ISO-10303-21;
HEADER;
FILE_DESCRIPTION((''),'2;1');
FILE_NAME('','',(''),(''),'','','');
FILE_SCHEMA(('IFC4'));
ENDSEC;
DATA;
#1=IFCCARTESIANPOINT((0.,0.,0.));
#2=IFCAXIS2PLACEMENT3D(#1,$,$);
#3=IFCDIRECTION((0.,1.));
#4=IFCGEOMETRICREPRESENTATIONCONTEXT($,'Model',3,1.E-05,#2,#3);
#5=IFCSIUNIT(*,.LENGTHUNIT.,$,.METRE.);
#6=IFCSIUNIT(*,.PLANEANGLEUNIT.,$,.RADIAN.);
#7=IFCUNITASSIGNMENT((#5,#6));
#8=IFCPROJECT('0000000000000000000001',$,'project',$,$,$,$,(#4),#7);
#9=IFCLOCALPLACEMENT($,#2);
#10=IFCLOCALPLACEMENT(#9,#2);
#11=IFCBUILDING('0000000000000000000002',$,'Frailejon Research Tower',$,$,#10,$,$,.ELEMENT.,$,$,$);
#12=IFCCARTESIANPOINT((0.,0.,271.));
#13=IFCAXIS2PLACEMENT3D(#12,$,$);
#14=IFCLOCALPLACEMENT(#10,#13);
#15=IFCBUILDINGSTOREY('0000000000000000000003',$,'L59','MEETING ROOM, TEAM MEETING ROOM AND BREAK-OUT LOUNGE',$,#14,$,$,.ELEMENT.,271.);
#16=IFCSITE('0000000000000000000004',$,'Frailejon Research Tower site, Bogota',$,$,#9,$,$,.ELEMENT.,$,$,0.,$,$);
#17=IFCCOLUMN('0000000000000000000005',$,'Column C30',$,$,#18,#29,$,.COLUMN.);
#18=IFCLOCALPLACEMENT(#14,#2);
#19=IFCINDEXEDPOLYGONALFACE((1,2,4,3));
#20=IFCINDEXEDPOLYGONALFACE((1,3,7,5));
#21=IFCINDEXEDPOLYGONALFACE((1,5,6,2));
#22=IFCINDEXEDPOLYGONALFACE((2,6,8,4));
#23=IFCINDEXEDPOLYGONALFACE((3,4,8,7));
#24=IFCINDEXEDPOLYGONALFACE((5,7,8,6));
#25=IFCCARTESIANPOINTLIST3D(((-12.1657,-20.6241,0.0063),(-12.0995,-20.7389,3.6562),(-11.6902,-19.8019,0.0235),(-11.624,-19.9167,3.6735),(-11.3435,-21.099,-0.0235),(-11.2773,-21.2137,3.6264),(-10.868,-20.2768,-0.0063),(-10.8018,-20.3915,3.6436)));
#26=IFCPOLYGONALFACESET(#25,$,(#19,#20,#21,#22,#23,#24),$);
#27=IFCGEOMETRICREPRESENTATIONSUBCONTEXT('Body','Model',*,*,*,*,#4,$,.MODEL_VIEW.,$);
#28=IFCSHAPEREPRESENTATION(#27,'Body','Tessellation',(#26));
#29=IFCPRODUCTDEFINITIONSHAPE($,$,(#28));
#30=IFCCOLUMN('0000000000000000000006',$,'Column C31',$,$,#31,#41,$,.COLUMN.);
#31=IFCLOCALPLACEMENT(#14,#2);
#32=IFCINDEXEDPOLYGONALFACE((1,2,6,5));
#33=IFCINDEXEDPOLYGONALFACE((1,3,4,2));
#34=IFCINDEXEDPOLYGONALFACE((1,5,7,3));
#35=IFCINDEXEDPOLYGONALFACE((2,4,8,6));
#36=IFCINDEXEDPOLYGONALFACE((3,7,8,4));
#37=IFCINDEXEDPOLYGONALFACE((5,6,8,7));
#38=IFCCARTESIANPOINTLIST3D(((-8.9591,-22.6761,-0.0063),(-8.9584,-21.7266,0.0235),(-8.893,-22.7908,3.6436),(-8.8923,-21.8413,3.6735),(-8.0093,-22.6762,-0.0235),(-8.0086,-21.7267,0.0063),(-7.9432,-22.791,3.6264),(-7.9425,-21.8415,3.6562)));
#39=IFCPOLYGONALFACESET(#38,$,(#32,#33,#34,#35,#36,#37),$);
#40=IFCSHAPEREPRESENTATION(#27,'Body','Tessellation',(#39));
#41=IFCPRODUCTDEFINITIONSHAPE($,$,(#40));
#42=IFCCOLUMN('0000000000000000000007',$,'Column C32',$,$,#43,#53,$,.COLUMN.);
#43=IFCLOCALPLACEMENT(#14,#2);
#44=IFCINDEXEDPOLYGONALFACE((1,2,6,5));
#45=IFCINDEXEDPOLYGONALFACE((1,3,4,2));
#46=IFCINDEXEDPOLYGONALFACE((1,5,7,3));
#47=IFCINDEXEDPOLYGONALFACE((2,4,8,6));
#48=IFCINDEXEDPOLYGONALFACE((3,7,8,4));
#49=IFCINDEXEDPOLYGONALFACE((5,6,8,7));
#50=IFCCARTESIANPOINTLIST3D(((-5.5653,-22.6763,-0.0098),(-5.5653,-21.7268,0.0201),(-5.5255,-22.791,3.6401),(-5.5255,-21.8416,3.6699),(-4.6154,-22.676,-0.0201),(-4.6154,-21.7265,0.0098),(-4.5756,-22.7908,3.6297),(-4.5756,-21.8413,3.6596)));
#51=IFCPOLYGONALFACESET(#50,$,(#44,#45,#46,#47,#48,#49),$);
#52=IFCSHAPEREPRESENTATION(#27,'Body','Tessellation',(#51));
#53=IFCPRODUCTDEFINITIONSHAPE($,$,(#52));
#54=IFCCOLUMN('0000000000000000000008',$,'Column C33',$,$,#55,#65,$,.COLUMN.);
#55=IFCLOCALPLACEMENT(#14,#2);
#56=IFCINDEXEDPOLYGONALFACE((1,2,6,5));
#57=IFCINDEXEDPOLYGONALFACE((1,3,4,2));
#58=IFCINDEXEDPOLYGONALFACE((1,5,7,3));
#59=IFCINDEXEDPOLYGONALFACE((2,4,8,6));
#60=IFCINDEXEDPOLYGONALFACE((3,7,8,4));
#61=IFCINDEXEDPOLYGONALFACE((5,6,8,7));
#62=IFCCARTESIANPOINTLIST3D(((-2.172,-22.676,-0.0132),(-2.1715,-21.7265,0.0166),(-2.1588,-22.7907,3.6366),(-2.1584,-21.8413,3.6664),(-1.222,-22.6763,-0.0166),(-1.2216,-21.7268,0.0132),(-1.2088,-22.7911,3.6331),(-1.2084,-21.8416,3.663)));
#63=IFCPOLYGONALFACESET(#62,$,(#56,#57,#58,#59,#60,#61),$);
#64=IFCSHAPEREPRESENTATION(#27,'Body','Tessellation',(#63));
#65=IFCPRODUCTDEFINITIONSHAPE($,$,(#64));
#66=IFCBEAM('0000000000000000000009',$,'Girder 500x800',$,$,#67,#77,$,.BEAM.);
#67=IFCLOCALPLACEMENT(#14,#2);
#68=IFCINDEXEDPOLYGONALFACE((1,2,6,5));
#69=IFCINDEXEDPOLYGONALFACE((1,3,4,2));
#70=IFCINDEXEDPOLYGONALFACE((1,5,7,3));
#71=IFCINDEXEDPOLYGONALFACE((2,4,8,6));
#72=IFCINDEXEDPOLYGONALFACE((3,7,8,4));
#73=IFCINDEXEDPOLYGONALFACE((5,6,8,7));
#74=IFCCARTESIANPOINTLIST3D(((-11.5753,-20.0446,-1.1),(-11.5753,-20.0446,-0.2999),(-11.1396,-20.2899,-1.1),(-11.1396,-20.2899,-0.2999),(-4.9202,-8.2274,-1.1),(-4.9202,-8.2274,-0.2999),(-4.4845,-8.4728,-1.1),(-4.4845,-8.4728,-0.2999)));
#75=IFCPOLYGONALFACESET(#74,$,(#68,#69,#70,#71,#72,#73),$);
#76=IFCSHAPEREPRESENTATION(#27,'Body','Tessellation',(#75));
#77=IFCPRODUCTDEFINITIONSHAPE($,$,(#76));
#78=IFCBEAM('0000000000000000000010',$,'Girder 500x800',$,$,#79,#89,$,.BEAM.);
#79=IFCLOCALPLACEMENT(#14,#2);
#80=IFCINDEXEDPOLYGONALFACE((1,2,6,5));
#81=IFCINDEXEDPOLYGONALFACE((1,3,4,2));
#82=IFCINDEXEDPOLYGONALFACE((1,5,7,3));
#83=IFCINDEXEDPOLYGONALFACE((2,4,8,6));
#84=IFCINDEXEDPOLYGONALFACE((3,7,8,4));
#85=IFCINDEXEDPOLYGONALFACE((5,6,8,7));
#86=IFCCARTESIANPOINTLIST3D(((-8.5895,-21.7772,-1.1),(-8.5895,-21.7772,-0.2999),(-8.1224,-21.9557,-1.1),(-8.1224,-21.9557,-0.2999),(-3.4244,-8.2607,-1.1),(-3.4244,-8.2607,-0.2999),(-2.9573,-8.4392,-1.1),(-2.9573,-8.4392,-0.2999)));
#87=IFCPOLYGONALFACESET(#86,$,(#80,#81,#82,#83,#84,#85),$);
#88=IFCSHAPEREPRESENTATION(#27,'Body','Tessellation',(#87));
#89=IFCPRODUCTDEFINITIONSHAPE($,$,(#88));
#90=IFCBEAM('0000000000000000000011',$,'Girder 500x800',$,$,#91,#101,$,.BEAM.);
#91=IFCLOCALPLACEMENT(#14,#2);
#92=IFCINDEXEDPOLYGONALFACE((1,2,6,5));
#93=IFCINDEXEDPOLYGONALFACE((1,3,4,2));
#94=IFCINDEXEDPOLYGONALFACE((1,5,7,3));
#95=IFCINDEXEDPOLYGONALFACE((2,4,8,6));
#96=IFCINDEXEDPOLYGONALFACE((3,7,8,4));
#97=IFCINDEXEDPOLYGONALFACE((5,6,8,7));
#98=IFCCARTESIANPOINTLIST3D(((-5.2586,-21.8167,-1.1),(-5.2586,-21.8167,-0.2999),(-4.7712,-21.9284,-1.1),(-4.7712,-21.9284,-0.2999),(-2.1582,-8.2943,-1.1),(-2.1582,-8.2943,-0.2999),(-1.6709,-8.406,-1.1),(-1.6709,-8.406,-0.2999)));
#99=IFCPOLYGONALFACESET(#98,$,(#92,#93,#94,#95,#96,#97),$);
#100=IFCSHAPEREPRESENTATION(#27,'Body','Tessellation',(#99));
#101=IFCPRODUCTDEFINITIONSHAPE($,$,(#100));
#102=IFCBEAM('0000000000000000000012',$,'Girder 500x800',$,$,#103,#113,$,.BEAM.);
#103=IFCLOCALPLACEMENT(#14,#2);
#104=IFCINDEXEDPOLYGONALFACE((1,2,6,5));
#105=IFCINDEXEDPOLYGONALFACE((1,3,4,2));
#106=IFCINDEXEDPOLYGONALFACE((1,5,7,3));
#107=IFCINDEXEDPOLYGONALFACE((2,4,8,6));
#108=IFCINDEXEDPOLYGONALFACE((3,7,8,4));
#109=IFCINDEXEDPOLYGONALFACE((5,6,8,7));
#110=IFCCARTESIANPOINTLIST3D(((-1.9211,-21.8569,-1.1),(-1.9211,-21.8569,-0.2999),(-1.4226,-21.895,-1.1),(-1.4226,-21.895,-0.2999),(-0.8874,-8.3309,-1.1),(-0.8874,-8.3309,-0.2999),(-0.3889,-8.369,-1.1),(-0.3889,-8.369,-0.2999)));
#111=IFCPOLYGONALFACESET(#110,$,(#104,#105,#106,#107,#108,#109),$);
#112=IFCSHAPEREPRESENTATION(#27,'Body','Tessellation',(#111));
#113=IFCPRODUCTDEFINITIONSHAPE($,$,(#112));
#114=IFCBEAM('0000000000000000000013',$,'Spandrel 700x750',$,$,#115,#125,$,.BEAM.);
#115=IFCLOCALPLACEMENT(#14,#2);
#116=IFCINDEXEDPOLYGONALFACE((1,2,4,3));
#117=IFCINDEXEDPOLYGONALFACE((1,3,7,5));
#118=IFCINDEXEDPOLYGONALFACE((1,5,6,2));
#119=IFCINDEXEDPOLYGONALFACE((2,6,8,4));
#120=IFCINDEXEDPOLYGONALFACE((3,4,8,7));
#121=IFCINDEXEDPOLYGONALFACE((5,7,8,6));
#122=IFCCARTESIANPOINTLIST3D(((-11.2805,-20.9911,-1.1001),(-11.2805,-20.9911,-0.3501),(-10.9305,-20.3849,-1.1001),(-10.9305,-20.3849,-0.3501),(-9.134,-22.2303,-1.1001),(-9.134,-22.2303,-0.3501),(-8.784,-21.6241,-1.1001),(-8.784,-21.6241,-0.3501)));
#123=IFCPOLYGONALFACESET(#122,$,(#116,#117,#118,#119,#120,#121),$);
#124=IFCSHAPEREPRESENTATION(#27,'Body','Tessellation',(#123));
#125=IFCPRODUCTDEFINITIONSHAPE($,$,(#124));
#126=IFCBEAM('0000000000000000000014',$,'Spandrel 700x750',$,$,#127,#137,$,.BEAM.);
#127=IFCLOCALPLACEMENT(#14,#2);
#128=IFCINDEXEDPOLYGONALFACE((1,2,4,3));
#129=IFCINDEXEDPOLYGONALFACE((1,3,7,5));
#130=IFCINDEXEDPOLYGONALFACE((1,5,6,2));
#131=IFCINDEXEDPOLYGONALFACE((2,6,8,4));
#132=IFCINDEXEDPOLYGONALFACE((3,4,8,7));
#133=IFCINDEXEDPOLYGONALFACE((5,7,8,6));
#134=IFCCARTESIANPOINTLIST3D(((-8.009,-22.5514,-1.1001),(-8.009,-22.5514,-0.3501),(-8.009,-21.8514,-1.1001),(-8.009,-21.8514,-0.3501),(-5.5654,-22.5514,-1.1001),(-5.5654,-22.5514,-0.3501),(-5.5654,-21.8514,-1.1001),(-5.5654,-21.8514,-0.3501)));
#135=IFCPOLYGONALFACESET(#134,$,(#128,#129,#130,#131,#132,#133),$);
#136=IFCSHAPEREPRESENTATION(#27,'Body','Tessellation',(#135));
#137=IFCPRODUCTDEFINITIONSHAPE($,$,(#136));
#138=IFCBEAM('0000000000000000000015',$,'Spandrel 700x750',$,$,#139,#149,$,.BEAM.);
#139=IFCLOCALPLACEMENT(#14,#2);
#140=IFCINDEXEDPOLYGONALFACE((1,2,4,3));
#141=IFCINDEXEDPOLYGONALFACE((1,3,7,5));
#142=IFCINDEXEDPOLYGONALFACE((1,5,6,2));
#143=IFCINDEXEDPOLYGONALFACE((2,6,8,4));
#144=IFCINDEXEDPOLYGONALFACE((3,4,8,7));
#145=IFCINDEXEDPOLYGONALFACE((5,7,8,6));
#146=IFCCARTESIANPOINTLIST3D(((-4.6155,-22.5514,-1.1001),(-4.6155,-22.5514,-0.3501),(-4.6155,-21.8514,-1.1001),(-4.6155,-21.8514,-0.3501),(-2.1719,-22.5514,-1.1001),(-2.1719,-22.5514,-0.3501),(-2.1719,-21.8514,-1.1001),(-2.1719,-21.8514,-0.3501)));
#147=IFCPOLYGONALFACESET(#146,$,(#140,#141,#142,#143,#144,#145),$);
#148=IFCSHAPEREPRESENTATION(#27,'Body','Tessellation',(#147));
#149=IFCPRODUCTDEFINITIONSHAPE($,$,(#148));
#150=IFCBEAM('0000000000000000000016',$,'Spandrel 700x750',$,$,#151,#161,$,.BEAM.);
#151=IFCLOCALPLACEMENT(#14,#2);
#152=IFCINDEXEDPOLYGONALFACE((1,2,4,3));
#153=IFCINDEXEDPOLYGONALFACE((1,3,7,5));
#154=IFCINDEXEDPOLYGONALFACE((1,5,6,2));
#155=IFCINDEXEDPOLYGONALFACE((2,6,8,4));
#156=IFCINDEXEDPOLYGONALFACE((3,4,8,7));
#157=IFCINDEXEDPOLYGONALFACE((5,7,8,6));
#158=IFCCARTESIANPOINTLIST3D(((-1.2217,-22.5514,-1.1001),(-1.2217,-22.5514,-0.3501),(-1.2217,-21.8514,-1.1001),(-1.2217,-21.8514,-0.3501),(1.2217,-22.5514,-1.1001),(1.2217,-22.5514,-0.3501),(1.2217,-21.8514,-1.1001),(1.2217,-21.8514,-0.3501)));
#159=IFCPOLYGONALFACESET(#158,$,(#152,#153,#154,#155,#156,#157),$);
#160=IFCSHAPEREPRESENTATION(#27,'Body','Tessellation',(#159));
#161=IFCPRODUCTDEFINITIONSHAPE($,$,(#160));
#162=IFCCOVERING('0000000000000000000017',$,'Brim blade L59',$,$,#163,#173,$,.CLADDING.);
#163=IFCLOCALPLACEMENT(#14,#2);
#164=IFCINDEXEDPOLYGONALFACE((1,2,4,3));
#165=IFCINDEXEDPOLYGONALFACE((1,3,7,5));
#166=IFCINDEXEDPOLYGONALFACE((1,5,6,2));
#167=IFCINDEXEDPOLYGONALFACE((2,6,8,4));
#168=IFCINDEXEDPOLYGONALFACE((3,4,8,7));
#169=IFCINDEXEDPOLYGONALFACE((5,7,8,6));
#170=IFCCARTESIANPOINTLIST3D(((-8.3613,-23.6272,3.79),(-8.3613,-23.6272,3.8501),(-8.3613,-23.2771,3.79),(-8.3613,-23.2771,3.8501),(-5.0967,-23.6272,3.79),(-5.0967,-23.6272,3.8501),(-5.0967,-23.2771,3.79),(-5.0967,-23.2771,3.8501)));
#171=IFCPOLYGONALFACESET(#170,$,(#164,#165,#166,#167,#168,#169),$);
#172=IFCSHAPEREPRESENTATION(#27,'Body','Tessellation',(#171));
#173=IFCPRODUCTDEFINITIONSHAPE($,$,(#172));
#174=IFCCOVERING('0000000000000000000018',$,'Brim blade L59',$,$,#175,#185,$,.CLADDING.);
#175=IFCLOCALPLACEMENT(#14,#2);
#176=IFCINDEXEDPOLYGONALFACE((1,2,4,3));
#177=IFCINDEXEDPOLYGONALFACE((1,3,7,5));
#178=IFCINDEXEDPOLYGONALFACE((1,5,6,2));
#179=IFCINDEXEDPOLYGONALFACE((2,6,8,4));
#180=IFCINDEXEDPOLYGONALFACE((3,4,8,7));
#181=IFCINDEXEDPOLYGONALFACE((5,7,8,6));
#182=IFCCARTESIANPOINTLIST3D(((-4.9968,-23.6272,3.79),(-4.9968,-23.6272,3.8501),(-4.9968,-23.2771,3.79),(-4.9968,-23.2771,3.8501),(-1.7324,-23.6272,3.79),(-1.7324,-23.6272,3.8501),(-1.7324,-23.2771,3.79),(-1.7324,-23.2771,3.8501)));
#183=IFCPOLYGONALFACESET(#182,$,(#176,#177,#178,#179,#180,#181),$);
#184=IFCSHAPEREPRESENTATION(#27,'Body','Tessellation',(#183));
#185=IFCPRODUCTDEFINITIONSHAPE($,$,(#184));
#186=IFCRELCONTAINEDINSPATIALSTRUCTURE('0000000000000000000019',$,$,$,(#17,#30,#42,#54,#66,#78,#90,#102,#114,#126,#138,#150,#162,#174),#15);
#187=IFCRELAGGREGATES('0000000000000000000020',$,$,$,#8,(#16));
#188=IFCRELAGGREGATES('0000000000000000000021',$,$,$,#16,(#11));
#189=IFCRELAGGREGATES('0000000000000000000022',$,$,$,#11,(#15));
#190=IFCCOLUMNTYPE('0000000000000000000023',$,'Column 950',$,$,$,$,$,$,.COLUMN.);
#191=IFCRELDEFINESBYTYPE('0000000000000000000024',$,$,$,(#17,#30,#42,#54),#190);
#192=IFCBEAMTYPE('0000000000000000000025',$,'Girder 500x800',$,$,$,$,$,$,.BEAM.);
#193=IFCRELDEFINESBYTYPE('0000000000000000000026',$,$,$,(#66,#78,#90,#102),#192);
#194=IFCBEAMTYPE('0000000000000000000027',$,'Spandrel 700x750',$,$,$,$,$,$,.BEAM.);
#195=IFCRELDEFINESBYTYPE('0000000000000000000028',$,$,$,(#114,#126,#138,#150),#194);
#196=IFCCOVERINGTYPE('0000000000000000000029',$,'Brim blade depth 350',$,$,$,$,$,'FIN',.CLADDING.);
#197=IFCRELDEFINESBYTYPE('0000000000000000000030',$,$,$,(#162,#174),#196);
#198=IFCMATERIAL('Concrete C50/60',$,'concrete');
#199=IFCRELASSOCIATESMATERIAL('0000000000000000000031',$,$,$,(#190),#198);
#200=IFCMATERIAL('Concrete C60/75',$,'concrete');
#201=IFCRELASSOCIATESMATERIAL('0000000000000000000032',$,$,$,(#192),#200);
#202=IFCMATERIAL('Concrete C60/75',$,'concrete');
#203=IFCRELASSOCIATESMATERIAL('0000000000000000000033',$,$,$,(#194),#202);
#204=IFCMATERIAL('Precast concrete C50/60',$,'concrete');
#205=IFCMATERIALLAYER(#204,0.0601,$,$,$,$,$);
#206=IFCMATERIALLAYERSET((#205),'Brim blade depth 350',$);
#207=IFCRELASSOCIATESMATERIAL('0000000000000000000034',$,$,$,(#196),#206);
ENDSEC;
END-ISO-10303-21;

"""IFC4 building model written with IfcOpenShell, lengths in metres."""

from ifc_helpers import new_model, si_unit, direction, frame, origin, origin_2d, place, context, subcontext, project, spatial, polyline, rectangle, outline, extrude, material, layer, layer_set, material_profile, profile_set, type_object, element, save


model = new_model("IFC4")

# Units and contexts
model_context = context("Model", 3, precision=1e-05, world=origin(), true_north=direction((0.0, 1.0)))
body_context = subcontext(model_context, "Body", "Model", "MODEL_VIEW")
ifc_project = project(units=[si_unit("LENGTHUNIT", "METRE"), si_unit("PLANEANGLEUNIT", "RADIAN")], contexts=[model_context])

# Site, building, storey
site_placement = place(None, origin())
site = spatial("IfcSite", under=ifc_project, at=site_placement, Name="Frailejon Research Tower site, Bogota", CompositionType="ELEMENT", RefElevation=0.0)
building_placement = place(site_placement, origin())
building = spatial("IfcBuilding", under=site, at=building_placement, Name="Frailejon Research Tower", CompositionType="ELEMENT")
storey_placement = place(building_placement, frame((0.0, 0.0, 271.0)))
storey = spatial("IfcBuildingStorey", under=building, at=storey_placement, Name="L59", Description="MEETING ROOM, TEAM MEETING ROOM AND BREAK-OUT LOUNGE", CompositionType="ELEMENT", Elevation=271.0)

# Columns
ifc_material_1 = material(Name="Concrete C50/60", Category="concrete")
ifc_material_profile_1 = material_profile(ifc_material_1, rectangle(XDim=0.95, YDim=0.95, at=origin_2d()), Name="Column 950")
ifc_profile_set_1 = profile_set([ifc_material_profile_1], Name="Concrete C50/60")
column_type = type_object("IfcColumnType", Name="Column 950", PredefinedType="COLUMN", material=ifc_profile_set_1)
for number, where, z_axis, x_axis, name in (
    (1, (-11.5168, -20.4504, 0.0), (0.018115, -0.031417, 0.999342), (0.86552, -0.499889, -0.031405), "Column C30"),
    (2, (-8.4839, -22.2014, 0.0), (0.018115, -0.031417, 0.999342), (0.999836, -0.000157, -0.018129), "Column C31"),
):
    element("IfcColumn", number, at=place(storey_placement, frame(where, z_axis=z_axis, x_axis=x_axis)), inside=storey, type_object=column_type, Name=name, PredefinedType="COLUMN", context=body_context, shape_type="SweptSolid", body=[
        extrude(rectangle(XDim=0.95, YDim=0.95, at=origin_2d()), origin(), (0.0, 0.0, 1.0), 3.6523),
    ])
column_1_placement = place(storey_placement, frame((-5.0903, -22.2014, 0.0), z_axis=(0.010897, -0.031421, 0.999447), x_axis=(0.999941, 0.000298, -0.010893)))
element("IfcColumn", 3, at=column_1_placement, inside=storey, type_object=column_type, Name="Column C32", PredefinedType="COLUMN", context=body_context, shape_type="SweptSolid", body=[
    extrude(rectangle(XDim=0.95, YDim=0.95, at=origin_2d()), origin(), (0.0, 0.0, 1.0), 3.6519),
])
column_2_placement = place(storey_placement, frame((-1.6968, -22.2014, 0.0), z_axis=(0.00361, -0.031422, 0.9995), x_axis=(0.999993, -0.000341, -0.003623)))
element("IfcColumn", 4, at=column_2_placement, inside=storey, type_object=column_type, Name="Column C33", PredefinedType="COLUMN", context=body_context, shape_type="SweptSolid", body=[
    extrude(rectangle(XDim=0.95, YDim=0.95, at=origin_2d()), origin(), (0.0, 0.0, 1.0), 3.6516),
])

# Beams
ifc_material_2 = material(Name="Concrete C60/75", Category="concrete")
ifc_material_profile_2 = material_profile(ifc_material_2, rectangle(XDim=0.5, YDim=0.8, at=origin_2d()), Name="Girder 500x800")
ifc_profile_set_2 = profile_set([ifc_material_profile_2], Name="Concrete C60/75")
beam_type_1 = type_object("IfcBeamType", Name="Girder 500x800", PredefinedType="BEAM", material=ifc_profile_set_2)
beam_1_placement = place(storey_placement, frame((-11.3574, -20.1672, -0.7), z_axis=(0.490703, 0.871327, 0.0), x_axis=(-0.871327, 0.490703, 0.0)))
element("IfcBeam", 5, at=beam_1_placement, inside=storey, type_object=beam_type_1, Name="Girder 500x800", PredefinedType="BEAM", context=body_context, shape_type="SweptSolid", body=[
    extrude(rectangle(XDim=0.5, YDim=0.8, at=origin_2d()), origin(), (0.0, 0.0, 1.0), 13.5623),
])
beam_2_placement = place(storey_placement, frame((-8.356, -21.8665, -0.7), z_axis=(0.356958, 0.934121, 0.0), x_axis=(-0.934121, 0.356958, 0.0)))
element("IfcBeam", 6, at=beam_2_placement, inside=storey, type_object=beam_type_1, Name="Girder 500x800", PredefinedType="BEAM", context=body_context, shape_type="SweptSolid", body=[
    extrude(rectangle(XDim=0.5, YDim=0.8, at=origin_2d()), origin(), (0.0, 0.0, 1.0), 14.4697),
])
beam_3_placement = place(storey_placement, frame((-5.0149, -21.8726, -0.7), z_axis=(0.223475, 0.97471, 0.0), x_axis=(-0.97471, 0.223475, 0.0)))
element("IfcBeam", 7, at=beam_3_placement, inside=storey, type_object=beam_type_1, Name="Girder 500x800", PredefinedType="BEAM", context=body_context, shape_type="SweptSolid", body=[
    extrude(rectangle(XDim=0.5, YDim=0.8, at=origin_2d()), origin(), (0.0, 0.0, 1.0), 13.8733),
])
beam_4_placement = place(storey_placement, frame((-1.6719, -21.876, -0.7), z_axis=(0.076201, 0.997092, 0.0), x_axis=(-0.997092, 0.076201, 0.0)))
element("IfcBeam", 8, at=beam_4_placement, inside=storey, type_object=beam_type_1, Name="Girder 500x800", PredefinedType="BEAM", context=body_context, shape_type="SweptSolid", body=[
    extrude(rectangle(XDim=0.5, YDim=0.8, at=origin_2d()), origin(), (0.0, 0.0, 1.0), 13.5654),
])
ifc_material_3 = material(Name="Concrete C60/75", Category="concrete")
ifc_material_profile_3 = material_profile(ifc_material_3, rectangle(XDim=0.7, YDim=0.75, at=origin_2d()), Name="Spandrel 700x750")
ifc_profile_set_3 = profile_set([ifc_material_profile_3], Name="Concrete C60/75")
beam_type_2 = type_object("IfcBeamType", Name="Spandrel 700x750", PredefinedType="BEAM", material=ifc_profile_set_3)
beam_5_placement = place(storey_placement, frame((-11.1055, -20.688, -0.7251), z_axis=(0.866028, -0.499995, 0.0), x_axis=(0.499995, 0.866028, 0.0)))
element("IfcBeam", 9, at=beam_5_placement, inside=storey, type_object=beam_type_2, Name="Spandrel 700x750", PredefinedType="BEAM", context=body_context, shape_type="SweptSolid", body=[
    extrude(rectangle(XDim=0.7, YDim=0.75, at=origin_2d()), origin(), (0.0, 0.0, 1.0), 2.4785),
])
for number, where, z_axis, x_axis, name in (
    (10, (-8.009, -22.2014, -0.7251), (1.0, 0.0, 0.0), (0.0, 1.0, 0.0), "Spandrel 700x750"),
    (11, (-4.6155, -22.2014, -0.7251), (1.0, 0.0, 0.0), (0.0, 1.0, 0.0), "Spandrel 700x750"),
):
    element("IfcBeam", number, at=place(storey_placement, frame(where, z_axis=z_axis, x_axis=x_axis)), inside=storey, type_object=beam_type_2, Name=name, PredefinedType="BEAM", context=body_context, shape_type="SweptSolid", body=[
        extrude(rectangle(XDim=0.7, YDim=0.75, at=origin_2d()), origin(), (0.0, 0.0, 1.0), 2.4436),
    ])
beam_6_placement = place(storey_placement, frame((-1.2217, -22.2014, -0.7251), z_axis=(1.0, 0.0, 0.0), x_axis=(0.0, 1.0, 0.0)))
element("IfcBeam", 12, at=beam_6_placement, inside=storey, type_object=beam_type_2, Name="Spandrel 700x750", PredefinedType="BEAM", context=body_context, shape_type="SweptSolid", body=[
    extrude(rectangle(XDim=0.7, YDim=0.75, at=origin_2d()), origin(), (0.0, 0.0, 1.0), 2.4434),
])

# Coverings
ifc_material_4 = material(Name="Precast concrete C50/60", Category="concrete")
ifc_layer_1 = layer(ifc_material_4, 0.0601)
ifc_layer_set_1 = layer_set([ifc_layer_1], Name="Brim blade depth 350")
covering_type_1 = type_object("IfcCoveringType", Name="Brim blade depth 350", ElementType="FIN", PredefinedType="CLADDING", material=ifc_layer_set_1)
covering_1_placement = place(storey_placement, frame((-5.0967, -23.2771, 3.8501), z_axis=(-1.0, 0.0, 0.0), x_axis=(0.0, -1.0, 0.0)))
element("IfcCovering", 13, at=covering_1_placement, inside=storey, type_object=covering_type_1, Name="Brim blade L59", PredefinedType="CLADDING", context=body_context, shape_type="SweptSolid", body=[
    extrude(outline(polyline([(0.0, -0.0601), (0.3501, -0.0601), (0.3501, 0.0), (0.0, 0.0), (0.0, -0.0601)])), origin(), (0.0, 0.0, 1.0), 3.2646),
])
covering_2_placement = place(storey_placement, frame((-1.7324, -23.2771, 3.8501), z_axis=(-1.0, 0.0, 0.0), x_axis=(0.0, -1.0, 0.0)))
element("IfcCovering", 14, at=covering_2_placement, inside=storey, type_object=covering_type_1, Name="Brim blade L59", PredefinedType="CLADDING", context=body_context, shape_type="SweptSolid", body=[
    extrude(outline(polyline([(0.0, -0.0601), (0.3501, -0.0601), (0.3501, 0.0), (0.0, 0.0), (0.0, -0.0601)])), origin(), (0.0, 0.0, 1.0), 3.2644),
])

save(model, "model.ifc")
